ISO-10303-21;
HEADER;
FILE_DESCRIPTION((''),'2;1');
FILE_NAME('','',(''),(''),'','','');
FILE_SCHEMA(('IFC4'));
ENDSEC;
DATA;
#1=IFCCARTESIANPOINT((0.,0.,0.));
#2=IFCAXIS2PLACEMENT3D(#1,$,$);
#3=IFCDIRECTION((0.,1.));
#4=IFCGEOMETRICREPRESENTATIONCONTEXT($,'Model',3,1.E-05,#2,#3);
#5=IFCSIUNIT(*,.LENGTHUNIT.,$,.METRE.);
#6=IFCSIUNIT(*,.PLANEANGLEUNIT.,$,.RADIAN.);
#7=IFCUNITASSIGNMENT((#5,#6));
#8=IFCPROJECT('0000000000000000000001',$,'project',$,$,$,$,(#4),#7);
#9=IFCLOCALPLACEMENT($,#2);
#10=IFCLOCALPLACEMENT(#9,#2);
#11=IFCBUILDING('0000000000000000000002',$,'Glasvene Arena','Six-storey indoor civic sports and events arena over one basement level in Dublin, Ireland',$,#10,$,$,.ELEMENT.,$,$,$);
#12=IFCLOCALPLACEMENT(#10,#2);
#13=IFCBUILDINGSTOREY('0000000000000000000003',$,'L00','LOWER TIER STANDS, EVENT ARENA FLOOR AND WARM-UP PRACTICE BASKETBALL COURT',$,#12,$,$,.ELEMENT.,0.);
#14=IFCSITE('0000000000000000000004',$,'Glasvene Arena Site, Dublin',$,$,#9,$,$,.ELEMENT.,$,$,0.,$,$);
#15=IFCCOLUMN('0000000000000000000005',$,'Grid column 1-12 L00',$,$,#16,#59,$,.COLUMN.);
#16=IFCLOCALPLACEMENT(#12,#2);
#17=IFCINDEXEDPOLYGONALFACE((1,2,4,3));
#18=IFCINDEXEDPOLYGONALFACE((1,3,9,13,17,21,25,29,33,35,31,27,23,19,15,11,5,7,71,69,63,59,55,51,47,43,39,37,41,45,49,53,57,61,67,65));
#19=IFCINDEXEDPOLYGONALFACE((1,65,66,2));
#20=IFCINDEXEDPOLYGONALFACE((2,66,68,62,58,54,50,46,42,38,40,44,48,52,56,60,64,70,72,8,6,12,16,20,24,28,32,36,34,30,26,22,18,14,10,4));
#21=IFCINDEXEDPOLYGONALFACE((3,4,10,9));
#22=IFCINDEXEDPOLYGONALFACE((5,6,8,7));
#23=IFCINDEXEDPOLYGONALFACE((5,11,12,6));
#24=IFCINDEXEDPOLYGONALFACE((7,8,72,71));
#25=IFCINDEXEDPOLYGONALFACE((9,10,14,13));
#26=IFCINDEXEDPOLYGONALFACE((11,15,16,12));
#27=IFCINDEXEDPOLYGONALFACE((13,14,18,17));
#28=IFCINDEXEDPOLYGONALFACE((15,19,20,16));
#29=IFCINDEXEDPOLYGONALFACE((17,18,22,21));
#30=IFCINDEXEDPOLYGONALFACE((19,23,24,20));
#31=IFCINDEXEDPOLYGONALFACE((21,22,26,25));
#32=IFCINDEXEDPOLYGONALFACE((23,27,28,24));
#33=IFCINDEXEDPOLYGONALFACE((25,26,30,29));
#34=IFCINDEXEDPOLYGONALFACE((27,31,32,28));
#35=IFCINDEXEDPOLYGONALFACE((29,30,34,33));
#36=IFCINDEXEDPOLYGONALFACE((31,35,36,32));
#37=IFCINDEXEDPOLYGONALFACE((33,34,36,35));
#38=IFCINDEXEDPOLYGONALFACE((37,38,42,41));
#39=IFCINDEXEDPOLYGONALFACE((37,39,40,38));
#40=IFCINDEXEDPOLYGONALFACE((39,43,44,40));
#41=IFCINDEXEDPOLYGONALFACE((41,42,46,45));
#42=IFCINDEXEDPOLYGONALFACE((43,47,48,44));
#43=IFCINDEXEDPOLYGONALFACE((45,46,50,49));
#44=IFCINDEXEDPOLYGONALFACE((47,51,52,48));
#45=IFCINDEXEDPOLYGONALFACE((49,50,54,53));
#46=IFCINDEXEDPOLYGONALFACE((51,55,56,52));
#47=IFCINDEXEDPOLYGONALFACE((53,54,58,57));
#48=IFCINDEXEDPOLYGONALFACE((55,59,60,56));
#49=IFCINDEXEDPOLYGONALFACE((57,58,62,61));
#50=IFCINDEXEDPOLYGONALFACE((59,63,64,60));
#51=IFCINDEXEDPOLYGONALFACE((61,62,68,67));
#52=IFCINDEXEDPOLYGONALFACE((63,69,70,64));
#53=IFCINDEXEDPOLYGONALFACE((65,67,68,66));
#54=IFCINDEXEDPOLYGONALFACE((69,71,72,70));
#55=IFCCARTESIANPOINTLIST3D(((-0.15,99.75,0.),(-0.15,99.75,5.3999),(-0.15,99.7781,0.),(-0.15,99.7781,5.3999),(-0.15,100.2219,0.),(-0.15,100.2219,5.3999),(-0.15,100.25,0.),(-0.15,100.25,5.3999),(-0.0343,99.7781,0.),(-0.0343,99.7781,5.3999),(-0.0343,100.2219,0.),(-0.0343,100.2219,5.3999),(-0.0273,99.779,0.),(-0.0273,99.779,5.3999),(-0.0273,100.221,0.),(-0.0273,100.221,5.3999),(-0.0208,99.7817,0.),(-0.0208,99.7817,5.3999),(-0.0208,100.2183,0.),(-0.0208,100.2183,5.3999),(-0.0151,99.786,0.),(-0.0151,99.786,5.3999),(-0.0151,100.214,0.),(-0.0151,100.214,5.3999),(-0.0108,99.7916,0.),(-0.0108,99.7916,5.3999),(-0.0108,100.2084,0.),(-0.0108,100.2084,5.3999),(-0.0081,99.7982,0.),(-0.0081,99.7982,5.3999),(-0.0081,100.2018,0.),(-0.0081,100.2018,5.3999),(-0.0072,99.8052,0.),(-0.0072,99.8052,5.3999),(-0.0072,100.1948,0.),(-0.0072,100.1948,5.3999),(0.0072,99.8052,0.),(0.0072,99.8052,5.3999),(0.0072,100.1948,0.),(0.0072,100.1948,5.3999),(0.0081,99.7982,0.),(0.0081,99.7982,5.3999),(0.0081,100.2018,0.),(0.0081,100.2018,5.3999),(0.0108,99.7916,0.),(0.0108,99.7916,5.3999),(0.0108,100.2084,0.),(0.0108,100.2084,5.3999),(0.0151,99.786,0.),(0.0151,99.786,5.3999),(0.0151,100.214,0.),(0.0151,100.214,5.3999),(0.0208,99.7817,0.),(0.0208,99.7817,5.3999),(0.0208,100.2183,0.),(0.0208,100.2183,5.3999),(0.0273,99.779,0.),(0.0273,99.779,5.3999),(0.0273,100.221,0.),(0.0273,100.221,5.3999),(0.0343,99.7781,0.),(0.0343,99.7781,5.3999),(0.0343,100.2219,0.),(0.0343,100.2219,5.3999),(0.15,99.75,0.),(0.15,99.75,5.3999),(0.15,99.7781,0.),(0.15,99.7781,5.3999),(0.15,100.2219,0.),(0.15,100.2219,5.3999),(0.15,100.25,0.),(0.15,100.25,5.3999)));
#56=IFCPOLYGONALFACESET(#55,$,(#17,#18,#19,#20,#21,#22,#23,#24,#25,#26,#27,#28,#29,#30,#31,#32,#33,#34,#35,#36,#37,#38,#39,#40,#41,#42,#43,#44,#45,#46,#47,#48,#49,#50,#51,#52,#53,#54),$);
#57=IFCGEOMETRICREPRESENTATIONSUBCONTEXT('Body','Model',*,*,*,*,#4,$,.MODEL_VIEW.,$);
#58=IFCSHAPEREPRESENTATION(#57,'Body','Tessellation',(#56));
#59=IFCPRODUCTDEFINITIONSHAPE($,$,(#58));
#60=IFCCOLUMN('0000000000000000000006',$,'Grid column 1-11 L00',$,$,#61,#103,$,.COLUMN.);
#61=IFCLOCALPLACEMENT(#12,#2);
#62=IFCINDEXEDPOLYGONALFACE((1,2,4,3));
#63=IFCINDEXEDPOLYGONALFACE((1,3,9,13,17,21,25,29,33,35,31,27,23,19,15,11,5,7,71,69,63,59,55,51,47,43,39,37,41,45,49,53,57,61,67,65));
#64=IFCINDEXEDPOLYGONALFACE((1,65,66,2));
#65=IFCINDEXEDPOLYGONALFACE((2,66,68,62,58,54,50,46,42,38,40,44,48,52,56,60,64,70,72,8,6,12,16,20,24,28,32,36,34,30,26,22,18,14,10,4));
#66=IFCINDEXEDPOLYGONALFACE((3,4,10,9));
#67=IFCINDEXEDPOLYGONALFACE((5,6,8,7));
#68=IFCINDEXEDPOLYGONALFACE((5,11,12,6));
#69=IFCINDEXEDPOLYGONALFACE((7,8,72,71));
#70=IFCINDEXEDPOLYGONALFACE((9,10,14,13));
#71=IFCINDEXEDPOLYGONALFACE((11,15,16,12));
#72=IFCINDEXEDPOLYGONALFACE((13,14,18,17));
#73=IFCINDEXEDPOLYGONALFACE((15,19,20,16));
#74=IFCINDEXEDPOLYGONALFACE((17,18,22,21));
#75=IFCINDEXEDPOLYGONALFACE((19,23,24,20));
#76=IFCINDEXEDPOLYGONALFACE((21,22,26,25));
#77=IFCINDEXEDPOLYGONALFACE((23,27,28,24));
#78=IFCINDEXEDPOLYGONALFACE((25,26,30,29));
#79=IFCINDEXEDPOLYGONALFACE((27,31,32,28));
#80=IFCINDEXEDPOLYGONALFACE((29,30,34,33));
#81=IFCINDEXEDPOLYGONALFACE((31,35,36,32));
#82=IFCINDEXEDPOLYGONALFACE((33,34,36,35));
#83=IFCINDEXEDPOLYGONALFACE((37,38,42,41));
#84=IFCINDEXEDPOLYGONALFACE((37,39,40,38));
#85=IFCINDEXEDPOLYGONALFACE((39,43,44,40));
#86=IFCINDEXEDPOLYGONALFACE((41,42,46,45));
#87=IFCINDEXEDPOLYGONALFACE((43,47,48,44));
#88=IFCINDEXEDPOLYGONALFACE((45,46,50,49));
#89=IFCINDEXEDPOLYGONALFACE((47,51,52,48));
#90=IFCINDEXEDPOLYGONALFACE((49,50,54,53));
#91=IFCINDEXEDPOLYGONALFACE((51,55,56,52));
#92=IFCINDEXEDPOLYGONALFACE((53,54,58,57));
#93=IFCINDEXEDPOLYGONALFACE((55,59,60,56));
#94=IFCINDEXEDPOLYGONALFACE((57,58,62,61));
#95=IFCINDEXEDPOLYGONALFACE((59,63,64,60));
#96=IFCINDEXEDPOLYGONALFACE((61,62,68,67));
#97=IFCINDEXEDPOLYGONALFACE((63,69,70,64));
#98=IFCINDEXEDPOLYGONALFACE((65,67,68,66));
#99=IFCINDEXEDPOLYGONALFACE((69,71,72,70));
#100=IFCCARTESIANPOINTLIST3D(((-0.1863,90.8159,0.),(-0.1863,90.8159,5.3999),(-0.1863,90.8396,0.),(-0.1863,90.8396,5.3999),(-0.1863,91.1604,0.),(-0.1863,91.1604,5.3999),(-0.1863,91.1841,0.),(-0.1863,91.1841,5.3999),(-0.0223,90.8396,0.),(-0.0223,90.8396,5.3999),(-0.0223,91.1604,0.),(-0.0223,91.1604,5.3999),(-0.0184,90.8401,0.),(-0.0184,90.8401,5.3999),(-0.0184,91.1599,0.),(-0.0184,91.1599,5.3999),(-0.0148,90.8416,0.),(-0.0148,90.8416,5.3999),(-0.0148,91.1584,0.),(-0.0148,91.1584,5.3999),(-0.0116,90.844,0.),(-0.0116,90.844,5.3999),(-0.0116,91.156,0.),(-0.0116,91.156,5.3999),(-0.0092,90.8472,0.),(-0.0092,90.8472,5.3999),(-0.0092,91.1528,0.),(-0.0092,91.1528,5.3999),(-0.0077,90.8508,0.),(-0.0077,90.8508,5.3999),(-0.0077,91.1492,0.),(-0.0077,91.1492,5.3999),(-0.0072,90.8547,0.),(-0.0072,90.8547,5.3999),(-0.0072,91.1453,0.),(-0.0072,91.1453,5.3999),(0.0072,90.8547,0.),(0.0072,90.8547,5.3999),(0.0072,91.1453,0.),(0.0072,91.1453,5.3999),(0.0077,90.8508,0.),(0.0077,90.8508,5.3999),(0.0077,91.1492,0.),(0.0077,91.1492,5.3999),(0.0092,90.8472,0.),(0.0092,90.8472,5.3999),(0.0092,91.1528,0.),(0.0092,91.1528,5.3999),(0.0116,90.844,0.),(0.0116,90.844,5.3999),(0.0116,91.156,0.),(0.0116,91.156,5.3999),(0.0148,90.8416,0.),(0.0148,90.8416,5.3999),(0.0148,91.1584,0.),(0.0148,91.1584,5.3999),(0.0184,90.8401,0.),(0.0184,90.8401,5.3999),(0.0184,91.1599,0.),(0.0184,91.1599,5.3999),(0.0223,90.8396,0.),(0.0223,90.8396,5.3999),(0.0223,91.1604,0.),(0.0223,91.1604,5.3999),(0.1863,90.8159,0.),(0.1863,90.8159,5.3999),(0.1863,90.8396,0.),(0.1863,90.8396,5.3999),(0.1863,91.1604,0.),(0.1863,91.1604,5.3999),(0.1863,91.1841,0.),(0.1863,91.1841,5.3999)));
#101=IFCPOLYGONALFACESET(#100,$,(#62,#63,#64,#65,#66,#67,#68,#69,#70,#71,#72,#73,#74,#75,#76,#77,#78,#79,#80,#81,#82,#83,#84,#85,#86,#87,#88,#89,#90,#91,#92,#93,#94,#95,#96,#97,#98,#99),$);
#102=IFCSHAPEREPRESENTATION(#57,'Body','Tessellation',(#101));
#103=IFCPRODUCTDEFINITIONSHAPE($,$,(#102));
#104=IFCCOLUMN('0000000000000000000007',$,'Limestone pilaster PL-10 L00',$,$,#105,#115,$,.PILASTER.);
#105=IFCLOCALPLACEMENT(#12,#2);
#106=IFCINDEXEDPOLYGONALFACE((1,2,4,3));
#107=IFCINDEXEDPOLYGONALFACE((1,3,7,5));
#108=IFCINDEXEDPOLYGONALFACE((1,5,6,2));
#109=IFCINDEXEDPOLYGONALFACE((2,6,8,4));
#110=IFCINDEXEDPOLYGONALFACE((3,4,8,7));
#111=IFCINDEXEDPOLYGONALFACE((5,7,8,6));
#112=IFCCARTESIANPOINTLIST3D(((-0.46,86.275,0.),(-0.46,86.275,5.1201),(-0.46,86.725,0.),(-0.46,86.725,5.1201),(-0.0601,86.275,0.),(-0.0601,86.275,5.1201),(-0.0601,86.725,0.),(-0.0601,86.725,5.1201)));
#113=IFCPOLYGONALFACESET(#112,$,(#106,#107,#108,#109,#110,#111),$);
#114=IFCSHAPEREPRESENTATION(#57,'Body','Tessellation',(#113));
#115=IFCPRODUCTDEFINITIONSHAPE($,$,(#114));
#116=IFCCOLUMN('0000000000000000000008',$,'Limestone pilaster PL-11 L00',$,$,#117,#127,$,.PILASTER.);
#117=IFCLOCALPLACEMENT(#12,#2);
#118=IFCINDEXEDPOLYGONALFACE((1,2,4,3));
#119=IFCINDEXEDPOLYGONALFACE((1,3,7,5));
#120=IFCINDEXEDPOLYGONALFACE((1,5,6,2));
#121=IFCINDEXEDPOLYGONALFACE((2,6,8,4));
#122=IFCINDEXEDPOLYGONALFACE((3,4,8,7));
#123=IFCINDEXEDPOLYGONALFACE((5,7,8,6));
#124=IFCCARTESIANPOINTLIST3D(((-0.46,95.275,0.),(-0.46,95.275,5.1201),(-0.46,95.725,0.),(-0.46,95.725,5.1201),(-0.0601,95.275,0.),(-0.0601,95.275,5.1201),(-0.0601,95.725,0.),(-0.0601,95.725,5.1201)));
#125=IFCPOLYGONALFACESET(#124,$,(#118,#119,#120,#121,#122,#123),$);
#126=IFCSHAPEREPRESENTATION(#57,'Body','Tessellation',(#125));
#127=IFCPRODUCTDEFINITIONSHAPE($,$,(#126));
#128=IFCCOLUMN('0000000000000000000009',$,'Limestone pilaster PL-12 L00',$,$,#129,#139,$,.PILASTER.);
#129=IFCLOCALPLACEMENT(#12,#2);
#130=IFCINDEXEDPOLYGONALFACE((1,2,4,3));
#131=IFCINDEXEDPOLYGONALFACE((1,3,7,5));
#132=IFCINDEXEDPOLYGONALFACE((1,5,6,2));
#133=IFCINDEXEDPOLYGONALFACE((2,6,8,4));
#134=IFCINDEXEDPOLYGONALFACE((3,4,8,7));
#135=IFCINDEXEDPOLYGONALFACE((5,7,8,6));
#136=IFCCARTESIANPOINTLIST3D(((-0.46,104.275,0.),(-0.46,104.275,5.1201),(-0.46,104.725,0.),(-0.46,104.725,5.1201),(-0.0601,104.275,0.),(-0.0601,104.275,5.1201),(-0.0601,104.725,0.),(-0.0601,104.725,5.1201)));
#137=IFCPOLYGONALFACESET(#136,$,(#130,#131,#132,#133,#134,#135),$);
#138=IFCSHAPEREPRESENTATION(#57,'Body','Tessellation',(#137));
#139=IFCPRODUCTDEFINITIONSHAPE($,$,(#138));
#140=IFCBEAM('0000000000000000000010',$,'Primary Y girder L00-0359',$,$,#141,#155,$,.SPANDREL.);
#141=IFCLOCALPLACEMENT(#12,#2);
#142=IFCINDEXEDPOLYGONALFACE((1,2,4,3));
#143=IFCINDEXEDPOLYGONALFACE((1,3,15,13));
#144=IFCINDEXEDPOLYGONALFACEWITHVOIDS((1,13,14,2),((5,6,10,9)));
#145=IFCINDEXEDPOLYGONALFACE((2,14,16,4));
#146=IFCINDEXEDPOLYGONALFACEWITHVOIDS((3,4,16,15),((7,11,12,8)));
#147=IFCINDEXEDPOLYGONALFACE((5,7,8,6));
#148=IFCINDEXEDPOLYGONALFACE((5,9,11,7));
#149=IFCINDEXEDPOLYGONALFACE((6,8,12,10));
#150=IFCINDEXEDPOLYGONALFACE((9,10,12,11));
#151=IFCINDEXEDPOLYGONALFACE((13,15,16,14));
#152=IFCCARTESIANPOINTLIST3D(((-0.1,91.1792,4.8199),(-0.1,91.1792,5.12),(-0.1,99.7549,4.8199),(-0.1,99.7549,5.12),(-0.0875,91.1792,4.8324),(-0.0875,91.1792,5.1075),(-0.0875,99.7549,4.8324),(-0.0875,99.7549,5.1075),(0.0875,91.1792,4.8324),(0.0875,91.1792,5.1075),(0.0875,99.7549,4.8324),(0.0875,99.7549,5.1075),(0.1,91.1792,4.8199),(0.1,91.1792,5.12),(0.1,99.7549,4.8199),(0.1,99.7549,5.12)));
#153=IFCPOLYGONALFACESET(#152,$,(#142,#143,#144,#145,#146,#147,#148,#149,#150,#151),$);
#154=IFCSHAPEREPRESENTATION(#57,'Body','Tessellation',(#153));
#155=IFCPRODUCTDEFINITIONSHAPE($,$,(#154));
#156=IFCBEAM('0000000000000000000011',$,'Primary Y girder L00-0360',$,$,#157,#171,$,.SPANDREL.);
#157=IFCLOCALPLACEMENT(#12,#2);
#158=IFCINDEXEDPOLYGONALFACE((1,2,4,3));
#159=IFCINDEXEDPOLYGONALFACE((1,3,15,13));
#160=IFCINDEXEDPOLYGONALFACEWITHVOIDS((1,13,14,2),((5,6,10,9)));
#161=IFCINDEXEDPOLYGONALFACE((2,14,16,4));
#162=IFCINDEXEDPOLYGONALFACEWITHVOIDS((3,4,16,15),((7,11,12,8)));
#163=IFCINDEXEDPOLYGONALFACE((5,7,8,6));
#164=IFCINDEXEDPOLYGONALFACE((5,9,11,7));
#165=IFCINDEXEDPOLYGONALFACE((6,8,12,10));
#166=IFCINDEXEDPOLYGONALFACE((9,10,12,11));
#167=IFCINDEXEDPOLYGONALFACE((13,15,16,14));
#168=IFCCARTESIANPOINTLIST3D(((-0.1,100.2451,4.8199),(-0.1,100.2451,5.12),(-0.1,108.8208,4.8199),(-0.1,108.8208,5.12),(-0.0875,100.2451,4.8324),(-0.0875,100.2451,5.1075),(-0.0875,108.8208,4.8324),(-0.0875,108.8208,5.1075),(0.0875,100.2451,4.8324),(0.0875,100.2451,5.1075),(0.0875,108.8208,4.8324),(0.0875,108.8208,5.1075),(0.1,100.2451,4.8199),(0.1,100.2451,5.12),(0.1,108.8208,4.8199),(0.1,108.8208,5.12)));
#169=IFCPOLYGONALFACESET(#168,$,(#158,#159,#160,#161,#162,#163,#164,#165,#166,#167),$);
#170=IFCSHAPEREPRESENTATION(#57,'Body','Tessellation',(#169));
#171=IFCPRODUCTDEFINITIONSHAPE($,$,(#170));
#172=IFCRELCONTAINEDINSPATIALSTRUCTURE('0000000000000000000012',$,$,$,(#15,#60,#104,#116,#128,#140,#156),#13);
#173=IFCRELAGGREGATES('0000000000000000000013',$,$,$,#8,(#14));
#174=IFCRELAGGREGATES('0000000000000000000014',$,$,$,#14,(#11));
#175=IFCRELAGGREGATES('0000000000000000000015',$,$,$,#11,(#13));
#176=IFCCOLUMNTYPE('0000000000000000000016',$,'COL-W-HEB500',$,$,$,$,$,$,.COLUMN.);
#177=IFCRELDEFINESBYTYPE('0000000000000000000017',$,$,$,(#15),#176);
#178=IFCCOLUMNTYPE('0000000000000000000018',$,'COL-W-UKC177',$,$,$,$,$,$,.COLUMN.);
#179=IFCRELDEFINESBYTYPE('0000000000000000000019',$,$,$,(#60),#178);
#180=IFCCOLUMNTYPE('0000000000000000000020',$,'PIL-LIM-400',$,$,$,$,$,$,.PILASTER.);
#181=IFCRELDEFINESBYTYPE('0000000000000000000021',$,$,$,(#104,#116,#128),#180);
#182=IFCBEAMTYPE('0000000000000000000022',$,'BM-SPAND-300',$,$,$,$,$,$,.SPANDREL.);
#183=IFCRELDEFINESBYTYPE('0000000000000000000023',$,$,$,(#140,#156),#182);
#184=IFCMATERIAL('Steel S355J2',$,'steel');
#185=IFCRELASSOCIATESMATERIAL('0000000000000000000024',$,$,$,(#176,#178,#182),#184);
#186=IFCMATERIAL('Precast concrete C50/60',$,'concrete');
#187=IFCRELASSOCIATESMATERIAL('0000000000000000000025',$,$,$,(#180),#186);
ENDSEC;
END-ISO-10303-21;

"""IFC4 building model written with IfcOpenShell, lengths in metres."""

from ifc_helpers import new_model, si_unit, direction, frame, origin, origin_2d, place, context, subcontext, project, spatial, rectangle, hollow_rectangle, i_section, extrude, material, material_profile, profile_set, type_object, element, save


model = new_model("IFC4")

# Units and contexts
model_context = context("Model", 3, precision=1e-05, world=origin(), true_north=direction((0.0, 1.0)))
body_context = subcontext(model_context, "Body", "Model", "MODEL_VIEW")
ifc_project = project(units=[si_unit("LENGTHUNIT", "METRE"), si_unit("PLANEANGLEUNIT", "RADIAN")], contexts=[model_context])

# Site, building, storey
site_placement = place(None, origin())
site = spatial("IfcSite", under=ifc_project, at=site_placement, Name="Glasvene Arena Site, Dublin", CompositionType="ELEMENT", RefElevation=0.0)
building_placement = place(site_placement, origin())
building = spatial("IfcBuilding", under=site, at=building_placement, Name="Glasvene Arena", Description="Six-storey indoor civic sports and events arena over one basement level in Dublin, Ireland", CompositionType="ELEMENT")
storey_placement = place(building_placement, origin())
storey = spatial("IfcBuildingStorey", under=building, at=storey_placement, Name="L00", Description="LOWER TIER STANDS, EVENT ARENA FLOOR AND WARM-UP PRACTICE BASKETBALL COURT", CompositionType="ELEMENT", Elevation=0.0)

# Columns
ifc_material_1 = material(Name="Steel S355J2", Category="steel")
ifc_material_profile_1 = material_profile(ifc_material_1, i_section(OverallWidth=0.3, OverallDepth=0.5, WebThickness=0.0144, FlangeThickness=0.0281, FilletRadius=0.0271, at=origin_2d()), Name="HEB 500")
ifc_profile_set_1 = profile_set([ifc_material_profile_1], Name="Steel S355J2")
column_type_1 = type_object("IfcColumnType", Name="COL-W-HEB500", PredefinedType="COLUMN", material=ifc_profile_set_1)
column_1_placement = place(storey_placement, frame((0.0, 100.0, 0.0), z_axis=(0.0, 0.0, 1.0), x_axis=(1.0, 0.0, 0.0)))
element("IfcColumn", 1, at=column_1_placement, inside=storey, type_object=column_type_1, Name="Grid column 1-12 L00", PredefinedType="COLUMN", context=body_context, shape_type="SweptSolid", body=[
    extrude(i_section(OverallWidth=0.3, OverallDepth=0.5, WebThickness=0.0144, FlangeThickness=0.0281, FilletRadius=0.0271, at=origin_2d()), origin(), (0.0, 0.0, 1.0), 5.3999),
])
ifc_material_profile_2 = material_profile(ifc_material_1, i_section(OverallWidth=0.3726, OverallDepth=0.3682, WebThickness=0.0144, FlangeThickness=0.0237, FilletRadius=0.0151, at=origin_2d()), Name="UKC 356x368x177")
ifc_profile_set_2 = profile_set([ifc_material_profile_2], Name="Steel S355J2")
column_type_2 = type_object("IfcColumnType", Name="COL-W-UKC177", PredefinedType="COLUMN", material=ifc_profile_set_2)
column_2_placement = place(storey_placement, frame((0.0, 91.0, 0.0), z_axis=(0.0, 0.0, 1.0), x_axis=(1.0, 0.0, 0.0)))
element("IfcColumn", 2, at=column_2_placement, inside=storey, type_object=column_type_2, Name="Grid column 1-11 L00", PredefinedType="COLUMN", context=body_context, shape_type="SweptSolid", body=[
    extrude(i_section(OverallWidth=0.3726, OverallDepth=0.3682, WebThickness=0.0144, FlangeThickness=0.0237, FilletRadius=0.0151, at=origin_2d()), origin(), (0.0, 0.0, 1.0), 5.3999),
])
ifc_material_2 = material(Name="Precast concrete C50/60", Category="concrete")
ifc_material_profile_3 = material_profile(ifc_material_2, rectangle(XDim=0.3999, YDim=0.45, at=origin_2d()), Name="RC 400x450")
ifc_profile_set_3 = profile_set([ifc_material_profile_3], Name="Precast concrete C50/60")
column_type_3 = type_object("IfcColumnType", Name="PIL-LIM-400", PredefinedType="PILASTER", material=ifc_profile_set_3)
for number, where, z_axis, x_axis, name in (
    (3, (-0.26, 86.5, 0.0), (0.0, 0.0, 1.0), (1.0, 0.0, 0.0), "Limestone pilaster PL-10 L00"),
    (4, (-0.26, 95.5, 0.0), (0.0, 0.0, 1.0), (1.0, 0.0, 0.0), "Limestone pilaster PL-11 L00"),
    (5, (-0.26, 104.5, 0.0), (0.0, 0.0, 1.0), (1.0, 0.0, 0.0), "Limestone pilaster PL-12 L00"),
):
    element("IfcColumn", number, at=place(storey_placement, frame(where, z_axis=z_axis, x_axis=x_axis)), inside=storey, type_object=column_type_3, Name=name, PredefinedType="PILASTER", context=body_context, shape_type="SweptSolid", body=[
        extrude(rectangle(XDim=0.3999, YDim=0.45, at=origin_2d()), origin(), (0.0, 0.0, 1.0), 5.1201),
    ])

# Beams
ifc_material_profile_4 = material_profile(ifc_material_1, hollow_rectangle(XDim=0.2, YDim=0.3, WallThickness=0.0125, at=origin_2d()), Name="RHS 300x200x12.5")
ifc_profile_set_4 = profile_set([ifc_material_profile_4], Name="Steel S355J2")
beam_type = type_object("IfcBeamType", Name="BM-SPAND-300", PredefinedType="SPANDREL", material=ifc_profile_set_4)
for number, where, z_axis, x_axis, name in (
    (6, (0.0, 91.1792, 4.97), (0.0, 1.0, 0.0), (-1.0, 0.0, 0.0), "Primary Y girder L00-0359"),
    (7, (0.0, 100.2451, 4.97), (0.0, 1.0, 0.0), (-1.0, 0.0, 0.0), "Primary Y girder L00-0360"),
):
    element("IfcBeam", number, at=place(storey_placement, frame(where, z_axis=z_axis, x_axis=x_axis)), inside=storey, type_object=beam_type, Name=name, PredefinedType="SPANDREL", context=body_context, shape_type="SweptSolid", body=[
        extrude(hollow_rectangle(XDim=0.2, YDim=0.3, WallThickness=0.0125, at=origin_2d()), origin(), (0.0, 0.0, 1.0), 8.5757),
    ])

save(model, "model.ifc")
